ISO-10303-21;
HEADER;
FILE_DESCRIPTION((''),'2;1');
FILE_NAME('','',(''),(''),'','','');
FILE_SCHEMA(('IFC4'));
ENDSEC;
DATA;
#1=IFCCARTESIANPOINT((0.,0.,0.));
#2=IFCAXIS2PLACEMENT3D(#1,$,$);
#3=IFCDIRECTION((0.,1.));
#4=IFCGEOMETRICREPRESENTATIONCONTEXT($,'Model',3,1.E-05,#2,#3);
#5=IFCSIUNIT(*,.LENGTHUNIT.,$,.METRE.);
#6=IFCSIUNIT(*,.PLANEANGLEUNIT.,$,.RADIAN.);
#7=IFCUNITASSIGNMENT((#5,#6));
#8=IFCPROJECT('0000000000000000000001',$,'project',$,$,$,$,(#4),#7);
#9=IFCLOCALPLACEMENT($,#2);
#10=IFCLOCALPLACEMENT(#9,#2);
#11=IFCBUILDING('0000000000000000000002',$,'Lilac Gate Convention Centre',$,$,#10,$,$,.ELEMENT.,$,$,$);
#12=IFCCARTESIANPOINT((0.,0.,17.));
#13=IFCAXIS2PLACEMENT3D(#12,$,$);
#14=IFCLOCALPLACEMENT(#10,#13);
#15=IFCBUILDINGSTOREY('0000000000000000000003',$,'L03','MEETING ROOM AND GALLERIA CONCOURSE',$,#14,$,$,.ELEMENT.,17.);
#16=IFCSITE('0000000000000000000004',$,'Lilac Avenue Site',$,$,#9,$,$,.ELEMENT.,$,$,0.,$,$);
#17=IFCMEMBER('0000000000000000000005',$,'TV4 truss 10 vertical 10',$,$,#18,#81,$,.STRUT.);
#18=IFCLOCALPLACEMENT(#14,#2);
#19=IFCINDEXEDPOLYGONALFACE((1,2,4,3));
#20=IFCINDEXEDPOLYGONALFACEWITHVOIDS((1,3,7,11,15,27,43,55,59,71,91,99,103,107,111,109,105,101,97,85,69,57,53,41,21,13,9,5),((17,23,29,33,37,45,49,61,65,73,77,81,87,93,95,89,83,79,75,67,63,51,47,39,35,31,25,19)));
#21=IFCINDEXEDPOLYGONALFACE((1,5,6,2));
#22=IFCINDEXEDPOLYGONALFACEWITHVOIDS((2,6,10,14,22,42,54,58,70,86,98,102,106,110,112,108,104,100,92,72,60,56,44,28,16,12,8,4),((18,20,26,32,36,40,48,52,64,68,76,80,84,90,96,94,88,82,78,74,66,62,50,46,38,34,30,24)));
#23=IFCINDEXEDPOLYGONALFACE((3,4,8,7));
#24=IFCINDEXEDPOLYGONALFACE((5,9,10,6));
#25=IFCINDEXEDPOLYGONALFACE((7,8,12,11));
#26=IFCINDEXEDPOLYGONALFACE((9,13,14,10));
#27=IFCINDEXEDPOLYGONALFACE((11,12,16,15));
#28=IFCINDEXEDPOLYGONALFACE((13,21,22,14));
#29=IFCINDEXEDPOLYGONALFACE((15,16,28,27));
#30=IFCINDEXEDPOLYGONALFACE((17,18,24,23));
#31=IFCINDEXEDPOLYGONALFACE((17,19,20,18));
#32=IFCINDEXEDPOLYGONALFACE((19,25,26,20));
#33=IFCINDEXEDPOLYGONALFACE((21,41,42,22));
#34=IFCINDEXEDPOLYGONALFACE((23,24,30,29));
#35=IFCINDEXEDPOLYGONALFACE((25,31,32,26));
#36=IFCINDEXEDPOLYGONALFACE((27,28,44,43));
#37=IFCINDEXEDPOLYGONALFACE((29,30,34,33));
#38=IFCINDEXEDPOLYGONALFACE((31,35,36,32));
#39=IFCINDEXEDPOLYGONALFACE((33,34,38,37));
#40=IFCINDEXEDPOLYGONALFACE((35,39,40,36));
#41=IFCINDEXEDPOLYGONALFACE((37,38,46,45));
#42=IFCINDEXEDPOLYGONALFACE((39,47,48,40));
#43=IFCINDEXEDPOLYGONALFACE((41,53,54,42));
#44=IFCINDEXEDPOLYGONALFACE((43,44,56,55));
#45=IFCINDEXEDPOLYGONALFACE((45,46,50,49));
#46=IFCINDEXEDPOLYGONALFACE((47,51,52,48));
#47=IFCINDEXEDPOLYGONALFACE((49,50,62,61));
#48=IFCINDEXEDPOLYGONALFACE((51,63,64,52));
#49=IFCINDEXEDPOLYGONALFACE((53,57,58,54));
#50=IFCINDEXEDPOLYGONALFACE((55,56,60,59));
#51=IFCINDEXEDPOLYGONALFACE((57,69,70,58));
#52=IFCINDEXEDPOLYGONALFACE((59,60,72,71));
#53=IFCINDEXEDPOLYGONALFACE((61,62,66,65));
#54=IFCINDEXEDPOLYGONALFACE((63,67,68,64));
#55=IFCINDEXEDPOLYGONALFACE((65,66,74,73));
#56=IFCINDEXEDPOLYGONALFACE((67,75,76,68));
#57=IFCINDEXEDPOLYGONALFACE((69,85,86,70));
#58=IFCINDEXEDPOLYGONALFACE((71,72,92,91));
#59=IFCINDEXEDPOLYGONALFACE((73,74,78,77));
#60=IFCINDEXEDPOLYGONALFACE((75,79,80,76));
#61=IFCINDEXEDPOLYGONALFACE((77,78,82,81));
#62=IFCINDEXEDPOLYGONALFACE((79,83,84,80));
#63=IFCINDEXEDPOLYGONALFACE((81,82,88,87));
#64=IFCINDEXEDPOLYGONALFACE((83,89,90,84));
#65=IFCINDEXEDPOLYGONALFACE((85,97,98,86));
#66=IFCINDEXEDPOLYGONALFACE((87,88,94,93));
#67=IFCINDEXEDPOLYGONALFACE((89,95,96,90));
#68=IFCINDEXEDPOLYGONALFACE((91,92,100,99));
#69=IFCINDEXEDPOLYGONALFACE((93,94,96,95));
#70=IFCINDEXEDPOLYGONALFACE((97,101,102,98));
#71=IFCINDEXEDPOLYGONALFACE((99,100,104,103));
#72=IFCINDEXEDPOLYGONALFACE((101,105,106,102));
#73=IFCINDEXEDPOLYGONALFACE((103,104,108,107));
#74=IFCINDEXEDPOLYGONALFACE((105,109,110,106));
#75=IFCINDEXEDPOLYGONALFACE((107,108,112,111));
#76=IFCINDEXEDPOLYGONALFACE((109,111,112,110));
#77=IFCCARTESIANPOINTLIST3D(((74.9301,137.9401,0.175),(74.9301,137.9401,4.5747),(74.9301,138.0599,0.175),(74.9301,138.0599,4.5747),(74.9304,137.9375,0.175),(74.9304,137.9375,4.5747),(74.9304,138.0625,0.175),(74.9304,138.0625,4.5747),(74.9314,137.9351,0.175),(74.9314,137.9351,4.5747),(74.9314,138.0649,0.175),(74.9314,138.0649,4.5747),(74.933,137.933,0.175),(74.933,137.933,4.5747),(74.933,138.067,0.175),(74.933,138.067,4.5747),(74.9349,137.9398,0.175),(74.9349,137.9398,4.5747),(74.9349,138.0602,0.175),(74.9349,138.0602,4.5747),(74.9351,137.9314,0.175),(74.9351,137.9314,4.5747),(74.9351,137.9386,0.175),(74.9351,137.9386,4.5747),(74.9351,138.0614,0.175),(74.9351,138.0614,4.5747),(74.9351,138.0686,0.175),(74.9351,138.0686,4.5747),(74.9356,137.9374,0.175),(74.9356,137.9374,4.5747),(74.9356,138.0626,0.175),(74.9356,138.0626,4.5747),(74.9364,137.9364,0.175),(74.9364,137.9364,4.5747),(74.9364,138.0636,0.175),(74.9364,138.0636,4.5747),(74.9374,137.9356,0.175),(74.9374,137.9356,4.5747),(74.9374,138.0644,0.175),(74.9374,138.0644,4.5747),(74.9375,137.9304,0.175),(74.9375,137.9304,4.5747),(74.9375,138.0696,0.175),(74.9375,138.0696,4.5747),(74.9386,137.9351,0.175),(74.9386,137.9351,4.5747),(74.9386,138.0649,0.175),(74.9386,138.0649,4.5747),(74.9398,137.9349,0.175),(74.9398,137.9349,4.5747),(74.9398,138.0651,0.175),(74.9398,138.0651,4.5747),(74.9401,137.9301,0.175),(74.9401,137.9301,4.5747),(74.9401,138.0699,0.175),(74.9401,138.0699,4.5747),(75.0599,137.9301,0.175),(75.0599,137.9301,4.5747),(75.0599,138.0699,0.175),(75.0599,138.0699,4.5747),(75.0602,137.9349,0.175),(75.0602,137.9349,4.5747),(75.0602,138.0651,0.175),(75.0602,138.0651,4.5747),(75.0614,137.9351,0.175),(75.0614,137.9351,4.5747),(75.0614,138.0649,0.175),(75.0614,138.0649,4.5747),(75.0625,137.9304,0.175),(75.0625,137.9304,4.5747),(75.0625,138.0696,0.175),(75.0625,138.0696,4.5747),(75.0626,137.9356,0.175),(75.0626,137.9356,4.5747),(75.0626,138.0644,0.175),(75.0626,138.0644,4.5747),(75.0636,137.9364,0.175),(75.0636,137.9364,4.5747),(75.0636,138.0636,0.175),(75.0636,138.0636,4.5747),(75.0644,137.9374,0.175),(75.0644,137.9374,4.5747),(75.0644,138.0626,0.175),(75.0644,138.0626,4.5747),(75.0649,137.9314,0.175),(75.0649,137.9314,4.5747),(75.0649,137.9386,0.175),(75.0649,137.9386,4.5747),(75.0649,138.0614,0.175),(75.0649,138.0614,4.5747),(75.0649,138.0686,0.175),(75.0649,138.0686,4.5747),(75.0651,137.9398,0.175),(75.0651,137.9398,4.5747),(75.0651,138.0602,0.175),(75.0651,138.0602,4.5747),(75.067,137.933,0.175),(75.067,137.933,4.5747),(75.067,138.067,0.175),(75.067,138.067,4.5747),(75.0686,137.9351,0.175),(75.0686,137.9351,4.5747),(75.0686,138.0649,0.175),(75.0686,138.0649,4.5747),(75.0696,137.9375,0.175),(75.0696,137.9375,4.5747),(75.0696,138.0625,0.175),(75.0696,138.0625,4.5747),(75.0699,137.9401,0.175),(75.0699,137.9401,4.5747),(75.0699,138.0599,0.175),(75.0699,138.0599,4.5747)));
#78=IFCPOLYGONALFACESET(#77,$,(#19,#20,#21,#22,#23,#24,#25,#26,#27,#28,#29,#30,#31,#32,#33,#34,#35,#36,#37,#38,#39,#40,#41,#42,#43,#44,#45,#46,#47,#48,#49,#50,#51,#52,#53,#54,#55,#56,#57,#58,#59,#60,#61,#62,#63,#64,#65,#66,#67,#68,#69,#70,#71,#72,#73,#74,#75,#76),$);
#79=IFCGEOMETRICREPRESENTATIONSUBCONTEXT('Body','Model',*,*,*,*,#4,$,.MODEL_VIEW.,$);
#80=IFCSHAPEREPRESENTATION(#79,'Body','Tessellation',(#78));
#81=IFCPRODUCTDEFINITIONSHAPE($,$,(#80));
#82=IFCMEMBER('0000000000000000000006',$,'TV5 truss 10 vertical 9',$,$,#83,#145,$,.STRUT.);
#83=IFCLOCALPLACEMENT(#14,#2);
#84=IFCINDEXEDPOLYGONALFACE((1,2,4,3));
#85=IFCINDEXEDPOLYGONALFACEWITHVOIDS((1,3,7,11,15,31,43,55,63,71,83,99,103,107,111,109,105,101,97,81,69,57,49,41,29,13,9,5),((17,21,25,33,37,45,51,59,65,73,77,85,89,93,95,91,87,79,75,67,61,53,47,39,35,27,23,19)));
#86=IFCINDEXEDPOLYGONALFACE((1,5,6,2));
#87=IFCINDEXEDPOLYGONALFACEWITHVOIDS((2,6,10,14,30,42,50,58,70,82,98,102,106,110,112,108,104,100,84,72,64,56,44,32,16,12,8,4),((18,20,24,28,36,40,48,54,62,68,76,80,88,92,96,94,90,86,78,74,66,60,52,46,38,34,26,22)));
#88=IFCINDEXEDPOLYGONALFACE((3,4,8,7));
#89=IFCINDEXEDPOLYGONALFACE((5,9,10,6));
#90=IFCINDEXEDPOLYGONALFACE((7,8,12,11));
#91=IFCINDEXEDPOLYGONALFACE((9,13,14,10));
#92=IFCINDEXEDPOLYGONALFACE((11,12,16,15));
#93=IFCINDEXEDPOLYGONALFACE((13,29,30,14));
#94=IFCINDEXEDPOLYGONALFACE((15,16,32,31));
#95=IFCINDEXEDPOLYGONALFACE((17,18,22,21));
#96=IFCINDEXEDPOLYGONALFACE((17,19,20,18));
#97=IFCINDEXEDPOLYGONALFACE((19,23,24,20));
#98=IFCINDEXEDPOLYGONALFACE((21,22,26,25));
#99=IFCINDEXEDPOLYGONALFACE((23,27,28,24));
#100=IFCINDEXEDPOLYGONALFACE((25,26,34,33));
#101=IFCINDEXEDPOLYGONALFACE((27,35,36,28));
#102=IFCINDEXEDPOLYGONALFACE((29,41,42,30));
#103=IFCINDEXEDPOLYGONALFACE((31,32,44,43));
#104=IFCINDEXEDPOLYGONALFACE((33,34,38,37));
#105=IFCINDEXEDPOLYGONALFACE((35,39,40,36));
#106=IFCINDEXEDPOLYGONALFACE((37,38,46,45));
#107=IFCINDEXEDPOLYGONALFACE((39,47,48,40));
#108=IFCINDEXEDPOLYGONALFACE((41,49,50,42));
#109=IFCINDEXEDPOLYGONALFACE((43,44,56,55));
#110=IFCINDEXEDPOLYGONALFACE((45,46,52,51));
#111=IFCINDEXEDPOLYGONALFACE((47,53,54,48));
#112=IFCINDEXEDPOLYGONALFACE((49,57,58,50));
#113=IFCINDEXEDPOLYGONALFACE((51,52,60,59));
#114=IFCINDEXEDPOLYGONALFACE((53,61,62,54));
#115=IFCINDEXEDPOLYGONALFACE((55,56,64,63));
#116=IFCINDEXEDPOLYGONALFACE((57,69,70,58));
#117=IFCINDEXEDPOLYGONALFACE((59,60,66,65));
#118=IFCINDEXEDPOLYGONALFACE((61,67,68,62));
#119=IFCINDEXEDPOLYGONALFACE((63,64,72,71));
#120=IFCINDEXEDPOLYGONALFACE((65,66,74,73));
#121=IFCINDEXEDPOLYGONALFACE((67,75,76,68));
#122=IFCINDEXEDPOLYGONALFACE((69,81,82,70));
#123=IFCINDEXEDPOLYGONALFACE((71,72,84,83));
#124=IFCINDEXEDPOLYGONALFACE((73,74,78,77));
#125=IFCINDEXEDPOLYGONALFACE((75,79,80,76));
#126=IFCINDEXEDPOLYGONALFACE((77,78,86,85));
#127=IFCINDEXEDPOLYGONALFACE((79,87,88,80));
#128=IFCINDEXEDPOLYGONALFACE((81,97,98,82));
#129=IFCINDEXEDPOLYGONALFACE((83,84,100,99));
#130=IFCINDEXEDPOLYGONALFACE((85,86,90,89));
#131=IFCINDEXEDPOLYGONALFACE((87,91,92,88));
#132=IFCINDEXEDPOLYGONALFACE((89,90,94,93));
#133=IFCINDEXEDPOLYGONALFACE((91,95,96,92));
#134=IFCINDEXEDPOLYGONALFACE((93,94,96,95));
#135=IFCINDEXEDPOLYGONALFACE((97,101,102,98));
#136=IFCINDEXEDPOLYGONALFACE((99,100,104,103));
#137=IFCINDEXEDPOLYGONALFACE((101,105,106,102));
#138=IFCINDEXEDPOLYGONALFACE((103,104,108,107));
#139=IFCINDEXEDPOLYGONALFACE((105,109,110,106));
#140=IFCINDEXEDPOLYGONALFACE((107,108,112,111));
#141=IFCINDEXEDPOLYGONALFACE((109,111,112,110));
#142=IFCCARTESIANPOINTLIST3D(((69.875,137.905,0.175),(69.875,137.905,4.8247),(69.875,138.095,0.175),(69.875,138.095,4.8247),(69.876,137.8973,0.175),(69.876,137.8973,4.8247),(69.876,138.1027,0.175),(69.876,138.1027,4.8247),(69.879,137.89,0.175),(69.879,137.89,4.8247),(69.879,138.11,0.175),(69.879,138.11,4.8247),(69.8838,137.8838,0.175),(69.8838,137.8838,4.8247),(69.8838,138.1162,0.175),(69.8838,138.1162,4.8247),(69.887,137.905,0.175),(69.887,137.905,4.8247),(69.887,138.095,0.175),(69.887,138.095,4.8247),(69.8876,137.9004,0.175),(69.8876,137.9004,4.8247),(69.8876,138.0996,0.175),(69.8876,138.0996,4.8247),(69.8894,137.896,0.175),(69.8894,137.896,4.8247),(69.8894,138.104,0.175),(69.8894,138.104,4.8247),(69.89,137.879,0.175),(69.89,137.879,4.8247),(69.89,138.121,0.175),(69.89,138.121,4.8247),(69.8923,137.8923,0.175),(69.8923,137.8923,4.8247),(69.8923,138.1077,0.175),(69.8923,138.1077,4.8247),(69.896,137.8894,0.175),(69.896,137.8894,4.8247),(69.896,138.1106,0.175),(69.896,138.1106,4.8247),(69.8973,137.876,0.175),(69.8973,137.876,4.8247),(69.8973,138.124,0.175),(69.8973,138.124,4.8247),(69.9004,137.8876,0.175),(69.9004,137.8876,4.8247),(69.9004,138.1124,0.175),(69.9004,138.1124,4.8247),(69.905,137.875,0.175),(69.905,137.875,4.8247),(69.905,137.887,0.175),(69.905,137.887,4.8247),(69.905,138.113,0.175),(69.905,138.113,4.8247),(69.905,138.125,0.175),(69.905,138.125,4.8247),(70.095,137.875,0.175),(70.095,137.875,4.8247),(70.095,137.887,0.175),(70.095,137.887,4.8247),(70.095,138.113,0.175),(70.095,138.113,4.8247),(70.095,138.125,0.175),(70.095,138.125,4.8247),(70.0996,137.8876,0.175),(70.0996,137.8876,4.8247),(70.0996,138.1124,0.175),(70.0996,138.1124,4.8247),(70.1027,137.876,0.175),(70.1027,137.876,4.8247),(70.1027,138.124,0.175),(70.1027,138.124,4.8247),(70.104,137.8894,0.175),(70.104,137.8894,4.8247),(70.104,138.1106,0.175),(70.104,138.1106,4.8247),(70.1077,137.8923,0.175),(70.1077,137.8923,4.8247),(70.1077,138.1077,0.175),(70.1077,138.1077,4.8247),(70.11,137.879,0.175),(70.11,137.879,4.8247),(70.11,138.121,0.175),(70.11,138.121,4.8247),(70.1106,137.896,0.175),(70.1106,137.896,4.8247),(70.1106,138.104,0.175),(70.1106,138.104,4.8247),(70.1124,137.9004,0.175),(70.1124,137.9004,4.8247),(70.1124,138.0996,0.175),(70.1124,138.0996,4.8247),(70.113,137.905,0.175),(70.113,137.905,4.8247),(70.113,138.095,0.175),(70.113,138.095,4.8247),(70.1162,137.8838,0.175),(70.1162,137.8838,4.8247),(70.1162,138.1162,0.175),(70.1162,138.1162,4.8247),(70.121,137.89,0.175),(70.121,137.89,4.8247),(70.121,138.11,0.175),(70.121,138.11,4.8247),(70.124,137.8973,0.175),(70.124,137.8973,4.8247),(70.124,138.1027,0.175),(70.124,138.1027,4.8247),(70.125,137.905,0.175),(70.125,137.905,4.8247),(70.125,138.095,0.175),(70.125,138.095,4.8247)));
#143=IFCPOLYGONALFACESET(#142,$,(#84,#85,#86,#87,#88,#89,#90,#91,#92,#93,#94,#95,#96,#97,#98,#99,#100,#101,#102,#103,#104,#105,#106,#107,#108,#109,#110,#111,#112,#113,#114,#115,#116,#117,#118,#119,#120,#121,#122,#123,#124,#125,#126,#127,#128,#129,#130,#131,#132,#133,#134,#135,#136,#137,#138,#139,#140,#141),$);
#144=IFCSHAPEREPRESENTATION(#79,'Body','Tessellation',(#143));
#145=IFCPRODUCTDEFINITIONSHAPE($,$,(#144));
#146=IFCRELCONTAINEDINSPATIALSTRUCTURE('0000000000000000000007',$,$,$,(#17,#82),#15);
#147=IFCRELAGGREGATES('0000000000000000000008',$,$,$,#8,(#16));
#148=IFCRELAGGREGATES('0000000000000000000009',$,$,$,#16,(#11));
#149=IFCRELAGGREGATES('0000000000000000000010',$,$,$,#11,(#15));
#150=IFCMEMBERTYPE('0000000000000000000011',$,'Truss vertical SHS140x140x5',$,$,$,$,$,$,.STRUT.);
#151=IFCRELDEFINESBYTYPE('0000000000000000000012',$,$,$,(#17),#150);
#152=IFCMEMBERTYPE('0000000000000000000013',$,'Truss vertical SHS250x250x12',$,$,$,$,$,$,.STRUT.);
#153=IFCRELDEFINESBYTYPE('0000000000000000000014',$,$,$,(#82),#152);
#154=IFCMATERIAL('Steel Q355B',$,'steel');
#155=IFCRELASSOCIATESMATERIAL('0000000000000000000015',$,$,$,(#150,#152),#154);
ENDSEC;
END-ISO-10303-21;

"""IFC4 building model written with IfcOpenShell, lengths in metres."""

from ifc_helpers import new_model, si_unit, direction, frame, origin, origin_2d, place, context, subcontext, project, spatial, hollow_rectangle, extrude, material, material_profile, profile_set, type_object, element, save


model = new_model("IFC4")

# Units and contexts
model_context = context("Model", 3, precision=1e-05, world=origin(), true_north=direction((0.0, 1.0)))
body_context = subcontext(model_context, "Body", "Model", "MODEL_VIEW")
ifc_project = project(units=[si_unit("LENGTHUNIT", "METRE"), si_unit("PLANEANGLEUNIT", "RADIAN")], contexts=[model_context])

# Site, building, storey
site_placement = place(None, origin())
site = spatial("IfcSite", under=ifc_project, at=site_placement, Name="Lilac Avenue Site", CompositionType="ELEMENT", RefElevation=0.0)
building_placement = place(site_placement, origin())
building = spatial("IfcBuilding", under=site, at=building_placement, Name="Lilac Gate Convention Centre", CompositionType="ELEMENT")
storey_placement = place(building_placement, frame((0.0, 0.0, 17.0)))
storey = spatial("IfcBuildingStorey", under=building, at=storey_placement, Name="L03", Description="MEETING ROOM AND GALLERIA CONCOURSE", CompositionType="ELEMENT", Elevation=17.0)

# Members
ifc_material = material(Name="Steel Q355B", Category="steel")
ifc_material_profile_1 = material_profile(ifc_material, hollow_rectangle(XDim=0.1399, YDim=0.1399, WallThickness=0.0049, InnerFilletRadius=0.0049, OuterFilletRadius=0.01, at=origin_2d()), Name="SHS140x140x5")
ifc_profile_set_1 = profile_set([ifc_material_profile_1], Name="Steel Q355B")
member_type_1 = type_object("IfcMemberType", Name="Truss vertical SHS140x140x5", PredefinedType="STRUT", material=ifc_profile_set_1)
for number, where, z_axis, x_axis, name in (
    (1, (75.0, 138.0, 0.175), (0.0, 0.0, 1.0), (1.0, 0.0, 0.0), "TV4 truss 10 vertical 10"),
):
    element("IfcMember", number, at=place(storey_placement, frame(where, z_axis=z_axis, x_axis=x_axis)), inside=storey, type_object=member_type_1, Name=name, PredefinedType="STRUT", context=body_context, shape_type="SweptSolid", body=[
        extrude(hollow_rectangle(XDim=0.1399, YDim=0.1399, WallThickness=0.0049, InnerFilletRadius=0.0049, OuterFilletRadius=0.01, at=origin_2d()), origin(), (0.0, 0.0, 1.0), 4.3997),
    ])
ifc_material_profile_2 = material_profile(ifc_material, hollow_rectangle(XDim=0.25, YDim=0.25, WallThickness=0.012, InnerFilletRadius=0.0181, OuterFilletRadius=0.03, at=origin_2d()), Name="SHS250x250x12")
ifc_profile_set_2 = profile_set([ifc_material_profile_2], Name="Steel Q355B")
member_type_2 = type_object("IfcMemberType", Name="Truss vertical SHS250x250x12", PredefinedType="STRUT", material=ifc_profile_set_2)
member_1_placement = place(storey_placement, frame((70.0, 138.0, 0.175), z_axis=(0.0, 0.0, 1.0), x_axis=(1.0, 0.0, 0.0)))
element("IfcMember", 2, at=member_1_placement, inside=storey, type_object=member_type_2, Name="TV5 truss 10 vertical 9", PredefinedType="STRUT", context=body_context, shape_type="SweptSolid", body=[
    extrude(hollow_rectangle(XDim=0.25, YDim=0.25, WallThickness=0.012, InnerFilletRadius=0.0181, OuterFilletRadius=0.03, at=origin_2d()), origin(), (0.0, 0.0, 1.0), 4.6497),
])

save(model, "model.ifc")
